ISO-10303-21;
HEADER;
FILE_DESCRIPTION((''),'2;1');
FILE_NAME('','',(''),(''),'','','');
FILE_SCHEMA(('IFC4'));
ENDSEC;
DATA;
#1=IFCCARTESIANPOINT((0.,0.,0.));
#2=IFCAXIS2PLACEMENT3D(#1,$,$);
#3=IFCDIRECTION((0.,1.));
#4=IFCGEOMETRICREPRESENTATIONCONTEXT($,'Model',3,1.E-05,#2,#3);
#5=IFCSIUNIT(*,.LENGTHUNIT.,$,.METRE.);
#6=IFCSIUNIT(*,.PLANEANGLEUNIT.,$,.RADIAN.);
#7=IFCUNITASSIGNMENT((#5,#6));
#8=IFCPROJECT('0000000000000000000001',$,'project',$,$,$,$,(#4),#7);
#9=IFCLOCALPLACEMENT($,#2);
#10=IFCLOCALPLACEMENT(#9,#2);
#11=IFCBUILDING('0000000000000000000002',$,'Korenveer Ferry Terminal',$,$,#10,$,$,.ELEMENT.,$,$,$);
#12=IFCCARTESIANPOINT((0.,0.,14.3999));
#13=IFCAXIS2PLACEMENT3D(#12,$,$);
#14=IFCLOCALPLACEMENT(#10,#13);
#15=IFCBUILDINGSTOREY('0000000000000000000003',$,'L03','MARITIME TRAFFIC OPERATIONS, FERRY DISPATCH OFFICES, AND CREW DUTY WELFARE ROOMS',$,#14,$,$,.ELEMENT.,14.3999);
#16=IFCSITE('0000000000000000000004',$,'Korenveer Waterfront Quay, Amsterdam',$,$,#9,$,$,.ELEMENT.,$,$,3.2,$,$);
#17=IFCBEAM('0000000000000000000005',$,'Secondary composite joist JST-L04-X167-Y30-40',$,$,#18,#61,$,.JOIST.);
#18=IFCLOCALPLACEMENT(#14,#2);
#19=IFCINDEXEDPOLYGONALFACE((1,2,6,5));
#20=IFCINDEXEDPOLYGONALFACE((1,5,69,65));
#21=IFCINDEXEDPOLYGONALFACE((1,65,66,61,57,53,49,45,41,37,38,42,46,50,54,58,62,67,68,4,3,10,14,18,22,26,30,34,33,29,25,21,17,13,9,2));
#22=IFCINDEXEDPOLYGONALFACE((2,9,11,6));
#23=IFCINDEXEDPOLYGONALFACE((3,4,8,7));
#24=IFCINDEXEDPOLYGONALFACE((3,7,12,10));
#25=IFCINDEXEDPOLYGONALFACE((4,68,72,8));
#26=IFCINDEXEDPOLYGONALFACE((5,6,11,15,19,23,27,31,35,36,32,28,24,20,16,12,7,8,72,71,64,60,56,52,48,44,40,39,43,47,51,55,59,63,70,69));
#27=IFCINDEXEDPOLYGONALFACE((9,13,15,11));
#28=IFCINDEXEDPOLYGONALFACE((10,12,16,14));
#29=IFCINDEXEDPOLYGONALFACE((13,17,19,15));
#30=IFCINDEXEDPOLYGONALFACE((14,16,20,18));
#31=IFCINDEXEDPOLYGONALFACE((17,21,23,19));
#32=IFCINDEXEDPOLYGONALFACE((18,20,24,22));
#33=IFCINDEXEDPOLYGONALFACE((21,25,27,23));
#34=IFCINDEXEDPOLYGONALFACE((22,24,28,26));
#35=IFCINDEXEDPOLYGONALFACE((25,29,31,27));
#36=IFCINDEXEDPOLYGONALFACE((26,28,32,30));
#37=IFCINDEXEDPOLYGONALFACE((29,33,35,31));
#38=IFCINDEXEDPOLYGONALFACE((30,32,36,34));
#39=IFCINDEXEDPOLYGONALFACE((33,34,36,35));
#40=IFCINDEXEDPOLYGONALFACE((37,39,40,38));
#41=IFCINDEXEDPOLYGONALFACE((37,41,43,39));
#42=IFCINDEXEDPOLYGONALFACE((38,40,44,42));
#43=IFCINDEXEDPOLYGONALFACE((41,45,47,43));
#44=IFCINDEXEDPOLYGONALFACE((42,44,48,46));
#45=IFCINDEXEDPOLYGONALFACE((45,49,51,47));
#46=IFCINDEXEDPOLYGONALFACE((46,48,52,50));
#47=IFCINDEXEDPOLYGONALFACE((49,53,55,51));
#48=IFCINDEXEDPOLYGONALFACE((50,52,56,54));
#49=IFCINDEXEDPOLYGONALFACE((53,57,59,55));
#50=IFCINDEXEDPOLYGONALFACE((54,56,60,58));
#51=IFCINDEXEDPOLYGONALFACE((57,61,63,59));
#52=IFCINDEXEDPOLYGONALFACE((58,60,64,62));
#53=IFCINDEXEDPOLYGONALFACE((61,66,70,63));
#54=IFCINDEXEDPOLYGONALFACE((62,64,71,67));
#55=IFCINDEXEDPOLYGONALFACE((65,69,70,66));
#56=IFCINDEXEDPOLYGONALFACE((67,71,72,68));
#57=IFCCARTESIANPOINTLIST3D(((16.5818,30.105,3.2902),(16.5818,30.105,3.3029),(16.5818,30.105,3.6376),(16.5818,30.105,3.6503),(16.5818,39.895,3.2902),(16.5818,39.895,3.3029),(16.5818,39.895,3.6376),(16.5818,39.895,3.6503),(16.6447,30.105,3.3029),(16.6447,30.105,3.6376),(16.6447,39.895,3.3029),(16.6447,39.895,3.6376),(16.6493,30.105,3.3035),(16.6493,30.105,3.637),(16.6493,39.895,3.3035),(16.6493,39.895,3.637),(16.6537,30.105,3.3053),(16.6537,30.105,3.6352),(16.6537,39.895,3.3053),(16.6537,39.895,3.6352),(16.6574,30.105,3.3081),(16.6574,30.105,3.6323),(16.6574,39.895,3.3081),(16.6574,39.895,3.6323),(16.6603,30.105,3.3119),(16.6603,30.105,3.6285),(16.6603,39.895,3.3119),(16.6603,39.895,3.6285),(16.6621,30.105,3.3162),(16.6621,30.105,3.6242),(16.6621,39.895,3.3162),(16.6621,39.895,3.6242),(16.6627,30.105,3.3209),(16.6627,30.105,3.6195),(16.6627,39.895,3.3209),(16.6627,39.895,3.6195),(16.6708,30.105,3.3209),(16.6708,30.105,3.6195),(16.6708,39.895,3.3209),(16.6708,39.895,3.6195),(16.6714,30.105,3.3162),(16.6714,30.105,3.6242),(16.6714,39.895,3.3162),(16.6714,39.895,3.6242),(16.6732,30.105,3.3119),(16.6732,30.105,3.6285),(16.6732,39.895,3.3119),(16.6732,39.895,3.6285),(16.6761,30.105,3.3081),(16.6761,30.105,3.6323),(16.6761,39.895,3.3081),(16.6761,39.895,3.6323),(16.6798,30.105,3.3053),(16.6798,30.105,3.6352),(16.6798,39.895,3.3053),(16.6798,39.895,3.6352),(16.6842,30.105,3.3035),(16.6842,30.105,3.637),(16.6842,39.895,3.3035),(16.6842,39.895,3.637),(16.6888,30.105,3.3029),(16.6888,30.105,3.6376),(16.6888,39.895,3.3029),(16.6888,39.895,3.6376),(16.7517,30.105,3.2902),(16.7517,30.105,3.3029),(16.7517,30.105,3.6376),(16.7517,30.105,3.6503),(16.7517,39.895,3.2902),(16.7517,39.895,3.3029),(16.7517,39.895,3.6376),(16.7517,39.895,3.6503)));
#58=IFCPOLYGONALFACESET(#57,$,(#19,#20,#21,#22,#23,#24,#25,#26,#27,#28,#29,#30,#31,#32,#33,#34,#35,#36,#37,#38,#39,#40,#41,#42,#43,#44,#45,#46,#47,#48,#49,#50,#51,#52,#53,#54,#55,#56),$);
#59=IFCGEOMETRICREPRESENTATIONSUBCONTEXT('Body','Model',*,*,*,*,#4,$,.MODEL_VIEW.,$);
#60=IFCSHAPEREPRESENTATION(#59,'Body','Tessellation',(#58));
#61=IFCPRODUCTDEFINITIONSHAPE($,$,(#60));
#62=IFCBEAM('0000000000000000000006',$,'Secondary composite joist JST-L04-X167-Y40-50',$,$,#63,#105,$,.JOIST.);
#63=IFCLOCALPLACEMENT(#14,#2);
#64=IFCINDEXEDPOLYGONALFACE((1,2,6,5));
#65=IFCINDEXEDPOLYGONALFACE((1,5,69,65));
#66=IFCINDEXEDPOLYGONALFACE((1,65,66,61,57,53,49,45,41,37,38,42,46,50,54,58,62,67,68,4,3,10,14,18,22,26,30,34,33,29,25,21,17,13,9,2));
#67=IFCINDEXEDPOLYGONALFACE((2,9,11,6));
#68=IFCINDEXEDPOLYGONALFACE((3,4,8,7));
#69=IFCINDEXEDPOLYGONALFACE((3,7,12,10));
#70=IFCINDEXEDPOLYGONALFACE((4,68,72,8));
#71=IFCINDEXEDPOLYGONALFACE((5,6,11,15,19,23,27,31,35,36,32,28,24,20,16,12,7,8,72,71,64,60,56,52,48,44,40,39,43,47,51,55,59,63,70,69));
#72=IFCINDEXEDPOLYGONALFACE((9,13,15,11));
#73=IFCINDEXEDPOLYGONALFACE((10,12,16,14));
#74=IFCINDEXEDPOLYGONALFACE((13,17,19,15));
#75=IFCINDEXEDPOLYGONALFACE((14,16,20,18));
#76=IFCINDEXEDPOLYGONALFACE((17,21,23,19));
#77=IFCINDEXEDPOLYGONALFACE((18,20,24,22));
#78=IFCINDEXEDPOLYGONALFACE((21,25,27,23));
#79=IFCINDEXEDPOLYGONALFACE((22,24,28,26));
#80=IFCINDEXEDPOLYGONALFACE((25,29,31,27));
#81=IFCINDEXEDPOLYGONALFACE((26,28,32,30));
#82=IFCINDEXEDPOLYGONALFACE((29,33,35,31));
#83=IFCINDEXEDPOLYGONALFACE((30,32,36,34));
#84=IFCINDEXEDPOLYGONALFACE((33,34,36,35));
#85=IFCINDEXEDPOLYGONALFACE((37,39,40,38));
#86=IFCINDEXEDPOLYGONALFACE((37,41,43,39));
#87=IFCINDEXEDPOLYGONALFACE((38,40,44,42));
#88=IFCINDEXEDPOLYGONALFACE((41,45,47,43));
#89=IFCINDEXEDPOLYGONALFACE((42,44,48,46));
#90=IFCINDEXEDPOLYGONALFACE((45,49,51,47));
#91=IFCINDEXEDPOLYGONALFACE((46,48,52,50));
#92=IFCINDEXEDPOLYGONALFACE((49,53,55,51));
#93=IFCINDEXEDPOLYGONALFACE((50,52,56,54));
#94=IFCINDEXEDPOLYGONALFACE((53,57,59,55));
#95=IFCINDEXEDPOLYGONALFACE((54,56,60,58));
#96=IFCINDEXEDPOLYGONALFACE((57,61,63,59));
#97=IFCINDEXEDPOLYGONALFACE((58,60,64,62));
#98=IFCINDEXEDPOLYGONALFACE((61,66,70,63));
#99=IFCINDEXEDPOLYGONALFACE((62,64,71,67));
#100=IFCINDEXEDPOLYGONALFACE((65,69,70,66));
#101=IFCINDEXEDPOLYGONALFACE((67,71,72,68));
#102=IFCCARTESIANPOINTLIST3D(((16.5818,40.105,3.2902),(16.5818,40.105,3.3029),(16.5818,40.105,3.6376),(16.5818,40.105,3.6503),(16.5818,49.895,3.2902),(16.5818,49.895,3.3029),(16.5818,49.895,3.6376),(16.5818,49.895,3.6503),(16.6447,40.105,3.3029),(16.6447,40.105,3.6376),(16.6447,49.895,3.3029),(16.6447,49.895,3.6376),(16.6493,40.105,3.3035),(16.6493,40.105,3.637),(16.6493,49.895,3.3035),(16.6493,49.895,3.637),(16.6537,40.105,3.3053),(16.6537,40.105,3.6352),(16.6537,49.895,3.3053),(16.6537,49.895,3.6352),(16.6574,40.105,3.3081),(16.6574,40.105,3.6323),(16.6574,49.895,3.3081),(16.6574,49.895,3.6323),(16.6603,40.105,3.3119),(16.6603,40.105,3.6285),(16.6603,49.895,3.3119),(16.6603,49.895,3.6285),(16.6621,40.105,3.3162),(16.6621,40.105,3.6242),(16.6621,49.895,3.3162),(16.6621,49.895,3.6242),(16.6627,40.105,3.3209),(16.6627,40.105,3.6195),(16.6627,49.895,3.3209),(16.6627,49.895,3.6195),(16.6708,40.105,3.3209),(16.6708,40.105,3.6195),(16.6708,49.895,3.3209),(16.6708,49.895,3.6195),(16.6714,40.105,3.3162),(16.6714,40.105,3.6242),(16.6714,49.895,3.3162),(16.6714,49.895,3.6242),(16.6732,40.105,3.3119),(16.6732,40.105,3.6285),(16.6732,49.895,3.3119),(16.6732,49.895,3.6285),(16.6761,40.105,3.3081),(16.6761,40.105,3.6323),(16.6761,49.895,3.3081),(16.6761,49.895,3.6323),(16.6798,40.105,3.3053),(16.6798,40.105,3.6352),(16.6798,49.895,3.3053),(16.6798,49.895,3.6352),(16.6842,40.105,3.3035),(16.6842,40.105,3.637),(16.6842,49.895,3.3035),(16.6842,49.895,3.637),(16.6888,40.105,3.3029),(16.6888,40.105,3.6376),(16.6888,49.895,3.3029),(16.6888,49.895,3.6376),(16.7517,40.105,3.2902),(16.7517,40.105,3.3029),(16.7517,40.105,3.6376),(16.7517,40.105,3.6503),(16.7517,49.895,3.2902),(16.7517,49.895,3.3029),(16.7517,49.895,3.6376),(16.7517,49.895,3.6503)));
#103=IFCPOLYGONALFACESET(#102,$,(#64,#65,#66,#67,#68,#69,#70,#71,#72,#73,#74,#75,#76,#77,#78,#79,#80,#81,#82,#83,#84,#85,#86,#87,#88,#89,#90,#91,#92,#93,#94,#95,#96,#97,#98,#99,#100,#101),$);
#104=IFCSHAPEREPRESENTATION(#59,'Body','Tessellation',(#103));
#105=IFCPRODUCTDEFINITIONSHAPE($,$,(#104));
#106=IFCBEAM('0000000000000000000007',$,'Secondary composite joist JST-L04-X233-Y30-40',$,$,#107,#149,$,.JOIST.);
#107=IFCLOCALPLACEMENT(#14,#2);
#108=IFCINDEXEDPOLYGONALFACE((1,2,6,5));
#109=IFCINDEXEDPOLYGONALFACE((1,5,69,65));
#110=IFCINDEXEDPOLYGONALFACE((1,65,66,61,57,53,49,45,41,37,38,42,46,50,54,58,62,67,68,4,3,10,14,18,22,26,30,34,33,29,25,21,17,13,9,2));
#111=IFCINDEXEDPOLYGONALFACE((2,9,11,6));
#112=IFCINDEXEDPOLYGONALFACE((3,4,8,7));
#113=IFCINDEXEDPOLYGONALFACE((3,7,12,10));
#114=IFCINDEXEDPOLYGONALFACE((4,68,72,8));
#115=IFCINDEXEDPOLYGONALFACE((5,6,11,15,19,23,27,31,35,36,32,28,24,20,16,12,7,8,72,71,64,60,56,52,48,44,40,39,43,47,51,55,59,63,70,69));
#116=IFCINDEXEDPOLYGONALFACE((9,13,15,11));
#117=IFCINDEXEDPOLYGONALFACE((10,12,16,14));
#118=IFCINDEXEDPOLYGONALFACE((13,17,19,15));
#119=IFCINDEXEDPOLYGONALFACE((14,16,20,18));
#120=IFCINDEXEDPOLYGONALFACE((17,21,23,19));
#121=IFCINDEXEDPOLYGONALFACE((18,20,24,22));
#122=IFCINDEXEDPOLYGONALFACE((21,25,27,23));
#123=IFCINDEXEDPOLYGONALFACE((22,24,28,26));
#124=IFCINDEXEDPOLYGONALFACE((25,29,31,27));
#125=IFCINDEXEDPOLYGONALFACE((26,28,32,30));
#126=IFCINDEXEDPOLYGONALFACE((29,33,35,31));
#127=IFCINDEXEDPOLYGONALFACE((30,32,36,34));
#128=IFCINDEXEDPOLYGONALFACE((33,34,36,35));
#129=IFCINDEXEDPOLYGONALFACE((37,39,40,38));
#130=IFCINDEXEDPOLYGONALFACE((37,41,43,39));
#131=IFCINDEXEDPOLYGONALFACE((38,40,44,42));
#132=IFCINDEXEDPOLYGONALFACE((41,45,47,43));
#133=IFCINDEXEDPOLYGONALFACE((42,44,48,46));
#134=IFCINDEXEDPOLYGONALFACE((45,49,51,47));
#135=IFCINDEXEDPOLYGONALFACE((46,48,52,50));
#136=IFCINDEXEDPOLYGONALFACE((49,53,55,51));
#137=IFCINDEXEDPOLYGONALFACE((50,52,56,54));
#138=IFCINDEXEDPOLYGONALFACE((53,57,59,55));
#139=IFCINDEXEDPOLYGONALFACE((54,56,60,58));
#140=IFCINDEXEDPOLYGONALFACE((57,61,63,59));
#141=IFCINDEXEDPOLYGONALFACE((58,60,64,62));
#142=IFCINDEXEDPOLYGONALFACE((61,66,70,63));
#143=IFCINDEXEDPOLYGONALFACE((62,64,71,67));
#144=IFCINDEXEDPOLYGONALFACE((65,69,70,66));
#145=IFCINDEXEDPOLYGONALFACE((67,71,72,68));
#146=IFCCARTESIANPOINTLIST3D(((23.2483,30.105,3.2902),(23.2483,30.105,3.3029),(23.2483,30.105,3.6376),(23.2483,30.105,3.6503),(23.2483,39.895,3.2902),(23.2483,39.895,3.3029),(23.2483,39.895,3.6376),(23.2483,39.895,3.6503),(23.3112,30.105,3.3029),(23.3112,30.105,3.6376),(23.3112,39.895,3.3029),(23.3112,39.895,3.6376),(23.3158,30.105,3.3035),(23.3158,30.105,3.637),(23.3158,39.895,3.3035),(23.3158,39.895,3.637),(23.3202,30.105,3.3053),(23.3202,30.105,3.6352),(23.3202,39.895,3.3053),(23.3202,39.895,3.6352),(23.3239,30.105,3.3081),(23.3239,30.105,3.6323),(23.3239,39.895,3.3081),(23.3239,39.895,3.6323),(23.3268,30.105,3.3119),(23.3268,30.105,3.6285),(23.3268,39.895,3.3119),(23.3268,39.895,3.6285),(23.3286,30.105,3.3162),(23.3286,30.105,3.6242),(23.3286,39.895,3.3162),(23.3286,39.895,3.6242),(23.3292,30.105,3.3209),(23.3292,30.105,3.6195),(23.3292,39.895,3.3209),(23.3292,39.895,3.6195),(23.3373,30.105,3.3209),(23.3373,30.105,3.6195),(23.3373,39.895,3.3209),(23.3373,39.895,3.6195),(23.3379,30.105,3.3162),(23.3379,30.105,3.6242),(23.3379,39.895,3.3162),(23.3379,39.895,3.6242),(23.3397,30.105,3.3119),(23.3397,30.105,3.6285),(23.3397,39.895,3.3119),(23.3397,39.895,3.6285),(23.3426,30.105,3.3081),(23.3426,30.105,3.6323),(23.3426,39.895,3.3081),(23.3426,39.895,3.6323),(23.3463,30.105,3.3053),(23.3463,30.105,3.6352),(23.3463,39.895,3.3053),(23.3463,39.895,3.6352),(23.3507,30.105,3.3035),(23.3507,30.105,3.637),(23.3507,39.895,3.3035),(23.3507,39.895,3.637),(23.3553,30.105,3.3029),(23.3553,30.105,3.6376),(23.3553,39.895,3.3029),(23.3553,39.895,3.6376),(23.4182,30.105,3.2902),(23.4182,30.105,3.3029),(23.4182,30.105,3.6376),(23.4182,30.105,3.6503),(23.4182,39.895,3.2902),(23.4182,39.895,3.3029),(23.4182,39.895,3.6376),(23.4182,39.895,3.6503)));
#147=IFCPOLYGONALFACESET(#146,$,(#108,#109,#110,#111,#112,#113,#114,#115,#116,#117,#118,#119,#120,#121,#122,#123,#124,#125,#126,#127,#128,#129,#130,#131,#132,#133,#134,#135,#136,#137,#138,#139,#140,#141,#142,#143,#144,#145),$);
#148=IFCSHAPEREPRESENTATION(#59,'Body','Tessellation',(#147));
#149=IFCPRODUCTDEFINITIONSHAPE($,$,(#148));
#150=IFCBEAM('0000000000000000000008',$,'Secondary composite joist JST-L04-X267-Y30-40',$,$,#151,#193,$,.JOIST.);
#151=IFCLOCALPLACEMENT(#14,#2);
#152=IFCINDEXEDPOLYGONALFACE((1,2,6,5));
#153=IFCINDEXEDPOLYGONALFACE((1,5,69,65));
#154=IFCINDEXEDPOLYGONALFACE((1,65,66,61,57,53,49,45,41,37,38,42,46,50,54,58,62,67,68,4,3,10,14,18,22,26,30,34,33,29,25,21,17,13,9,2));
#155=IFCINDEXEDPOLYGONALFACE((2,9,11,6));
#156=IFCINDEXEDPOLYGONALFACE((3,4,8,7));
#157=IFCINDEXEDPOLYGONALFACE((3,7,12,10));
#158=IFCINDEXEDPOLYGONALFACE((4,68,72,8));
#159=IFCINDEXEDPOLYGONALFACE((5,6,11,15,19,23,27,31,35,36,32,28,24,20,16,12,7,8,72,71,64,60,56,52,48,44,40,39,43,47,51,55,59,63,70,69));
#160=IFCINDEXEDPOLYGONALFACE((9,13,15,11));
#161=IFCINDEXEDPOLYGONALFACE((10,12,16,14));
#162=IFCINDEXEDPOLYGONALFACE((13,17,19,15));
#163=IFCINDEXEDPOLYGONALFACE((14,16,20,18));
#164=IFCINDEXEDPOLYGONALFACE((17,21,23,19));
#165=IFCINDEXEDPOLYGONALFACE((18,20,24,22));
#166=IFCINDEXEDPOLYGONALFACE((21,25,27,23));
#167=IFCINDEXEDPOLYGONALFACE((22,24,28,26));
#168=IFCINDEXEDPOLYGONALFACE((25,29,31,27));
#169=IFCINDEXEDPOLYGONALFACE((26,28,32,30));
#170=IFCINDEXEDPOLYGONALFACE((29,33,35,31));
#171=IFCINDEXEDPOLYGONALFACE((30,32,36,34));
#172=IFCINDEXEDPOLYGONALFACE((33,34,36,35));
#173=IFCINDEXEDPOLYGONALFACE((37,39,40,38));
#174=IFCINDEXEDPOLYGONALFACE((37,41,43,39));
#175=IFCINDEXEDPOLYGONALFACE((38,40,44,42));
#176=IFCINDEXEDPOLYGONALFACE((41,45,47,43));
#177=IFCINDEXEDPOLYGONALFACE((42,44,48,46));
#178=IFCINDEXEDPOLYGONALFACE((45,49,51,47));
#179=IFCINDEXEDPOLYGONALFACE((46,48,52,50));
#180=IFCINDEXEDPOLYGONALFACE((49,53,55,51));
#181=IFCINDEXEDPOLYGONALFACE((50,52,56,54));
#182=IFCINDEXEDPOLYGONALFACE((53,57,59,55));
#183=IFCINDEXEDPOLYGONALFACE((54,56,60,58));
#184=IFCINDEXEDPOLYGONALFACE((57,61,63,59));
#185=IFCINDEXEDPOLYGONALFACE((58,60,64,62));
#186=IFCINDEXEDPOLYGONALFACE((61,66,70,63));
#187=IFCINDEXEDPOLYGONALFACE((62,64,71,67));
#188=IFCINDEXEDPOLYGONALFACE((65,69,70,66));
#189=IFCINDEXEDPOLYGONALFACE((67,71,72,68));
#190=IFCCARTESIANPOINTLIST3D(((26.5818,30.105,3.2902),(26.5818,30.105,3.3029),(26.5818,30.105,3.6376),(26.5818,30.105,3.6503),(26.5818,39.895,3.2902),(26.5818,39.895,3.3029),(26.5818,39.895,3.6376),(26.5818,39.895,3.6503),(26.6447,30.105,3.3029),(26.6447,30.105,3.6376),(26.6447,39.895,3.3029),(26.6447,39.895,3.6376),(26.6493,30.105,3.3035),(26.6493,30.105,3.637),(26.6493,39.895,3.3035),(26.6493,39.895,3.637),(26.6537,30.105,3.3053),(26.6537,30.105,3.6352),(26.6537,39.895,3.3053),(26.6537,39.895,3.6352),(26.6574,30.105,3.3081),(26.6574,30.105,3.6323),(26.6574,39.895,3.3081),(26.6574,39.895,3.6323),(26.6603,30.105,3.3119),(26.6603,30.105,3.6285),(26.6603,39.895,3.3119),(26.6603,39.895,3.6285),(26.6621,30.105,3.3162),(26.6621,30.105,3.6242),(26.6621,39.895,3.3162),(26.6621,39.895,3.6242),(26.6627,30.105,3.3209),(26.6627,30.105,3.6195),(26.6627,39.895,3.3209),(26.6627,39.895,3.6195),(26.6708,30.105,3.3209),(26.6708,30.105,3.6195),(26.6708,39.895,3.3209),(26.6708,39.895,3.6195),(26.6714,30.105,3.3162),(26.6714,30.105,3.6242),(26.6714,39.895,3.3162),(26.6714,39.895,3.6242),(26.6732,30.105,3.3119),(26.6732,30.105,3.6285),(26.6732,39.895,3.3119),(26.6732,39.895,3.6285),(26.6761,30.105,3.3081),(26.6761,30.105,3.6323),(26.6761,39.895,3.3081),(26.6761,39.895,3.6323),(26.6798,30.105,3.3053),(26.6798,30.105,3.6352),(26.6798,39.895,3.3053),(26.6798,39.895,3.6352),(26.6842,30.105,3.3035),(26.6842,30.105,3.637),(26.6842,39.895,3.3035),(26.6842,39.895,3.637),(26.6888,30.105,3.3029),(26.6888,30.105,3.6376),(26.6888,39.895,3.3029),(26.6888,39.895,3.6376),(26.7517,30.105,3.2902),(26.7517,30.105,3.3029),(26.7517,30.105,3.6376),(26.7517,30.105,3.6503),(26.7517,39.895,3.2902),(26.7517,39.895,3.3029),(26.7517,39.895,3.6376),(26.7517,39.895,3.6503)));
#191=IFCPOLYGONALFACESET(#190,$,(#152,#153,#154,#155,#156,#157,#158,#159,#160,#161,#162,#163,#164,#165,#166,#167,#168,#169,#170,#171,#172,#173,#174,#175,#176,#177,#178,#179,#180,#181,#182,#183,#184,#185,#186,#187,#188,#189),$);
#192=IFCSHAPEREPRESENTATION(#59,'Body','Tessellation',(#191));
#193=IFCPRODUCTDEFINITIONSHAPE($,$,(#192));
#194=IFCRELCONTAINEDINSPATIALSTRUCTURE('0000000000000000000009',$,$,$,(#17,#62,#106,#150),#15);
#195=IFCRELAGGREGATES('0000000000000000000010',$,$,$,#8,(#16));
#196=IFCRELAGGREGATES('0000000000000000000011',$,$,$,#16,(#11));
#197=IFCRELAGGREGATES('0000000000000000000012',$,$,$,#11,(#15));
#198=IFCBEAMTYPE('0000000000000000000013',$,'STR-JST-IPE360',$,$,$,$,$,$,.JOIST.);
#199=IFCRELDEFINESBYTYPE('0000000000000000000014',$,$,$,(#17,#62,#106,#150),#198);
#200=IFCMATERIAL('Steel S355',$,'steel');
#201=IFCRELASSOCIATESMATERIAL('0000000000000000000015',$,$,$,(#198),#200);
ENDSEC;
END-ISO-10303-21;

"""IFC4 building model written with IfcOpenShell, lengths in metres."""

from ifc_helpers import new_model, si_unit, direction, frame, origin, origin_2d, place, context, subcontext, project, spatial, i_section, extrude, material, material_profile, profile_set, type_object, element, save


model = new_model("IFC4")

# Units and contexts
model_context = context("Model", 3, precision=1e-05, world=origin(), true_north=direction((0.0, 1.0)))
body_context = subcontext(model_context, "Body", "Model", "MODEL_VIEW")
ifc_project = project(units=[si_unit("LENGTHUNIT", "METRE"), si_unit("PLANEANGLEUNIT", "RADIAN")], contexts=[model_context])

# Site, building, storey
site_placement = place(None, origin())
site = spatial("IfcSite", under=ifc_project, at=site_placement, Name="Korenveer Waterfront Quay, Amsterdam", CompositionType="ELEMENT", RefElevation=3.2)
building_placement = place(site_placement, origin())
building = spatial("IfcBuilding", under=site, at=building_placement, Name="Korenveer Ferry Terminal", CompositionType="ELEMENT")
storey_placement = place(building_placement, frame((0.0, 0.0, 14.3999)))
storey = spatial("IfcBuildingStorey", under=building, at=storey_placement, Name="L03", Description="MARITIME TRAFFIC OPERATIONS, FERRY DISPATCH OFFICES, AND CREW DUTY WELFARE ROOMS", CompositionType="ELEMENT", Elevation=14.3999)

# Beams
ifc_material_1 = material(Name="Steel S355", Category="steel")
ifc_material_profile_1 = material_profile(ifc_material_1, i_section(OverallWidth=0.1699, OverallDepth=0.3601, WebThickness=0.0081, FlangeThickness=0.0127, FilletRadius=0.0181, at=origin_2d()), Name="IPE 360")
ifc_profile_set_1 = profile_set([ifc_material_profile_1], Name="Steel S355")
beam_type_1 = type_object("IfcBeamType", Name="STR-JST-IPE360", PredefinedType="JOIST", material=ifc_profile_set_1)
for number, where, z_axis, x_axis, name in (
    (1, (16.6667, 30.105, 3.4702), (0.0, 1.0, 0.0), (-1.0, 0.0, 0.0), "Secondary composite joist JST-L04-X167-Y30-40"),
    (2, (16.6667, 40.105, 3.4702), (0.0, 1.0, 0.0), (-1.0, 0.0, 0.0), "Secondary composite joist JST-L04-X167-Y40-50"),
    (3, (23.3333, 30.105, 3.4702), (0.0, 1.0, 0.0), (-1.0, 0.0, 0.0), "Secondary composite joist JST-L04-X233-Y30-40"),
    (4, (26.6667, 30.105, 3.4702), (0.0, 1.0, 0.0), (-1.0, 0.0, 0.0), "Secondary composite joist JST-L04-X267-Y30-40"),
):
    element("IfcBeam", number, at=place(storey_placement, frame(where, z_axis=z_axis, x_axis=x_axis)), inside=storey, type_object=beam_type_1, Name=name, PredefinedType="JOIST", context=body_context, shape_type="SweptSolid", body=[
        extrude(i_section(OverallWidth=0.1699, OverallDepth=0.3601, WebThickness=0.0081, FlangeThickness=0.0127, FilletRadius=0.0181, at=origin_2d()), origin(), (0.0, 0.0, 1.0), 9.79),
    ])

save(model, "model.ifc")
